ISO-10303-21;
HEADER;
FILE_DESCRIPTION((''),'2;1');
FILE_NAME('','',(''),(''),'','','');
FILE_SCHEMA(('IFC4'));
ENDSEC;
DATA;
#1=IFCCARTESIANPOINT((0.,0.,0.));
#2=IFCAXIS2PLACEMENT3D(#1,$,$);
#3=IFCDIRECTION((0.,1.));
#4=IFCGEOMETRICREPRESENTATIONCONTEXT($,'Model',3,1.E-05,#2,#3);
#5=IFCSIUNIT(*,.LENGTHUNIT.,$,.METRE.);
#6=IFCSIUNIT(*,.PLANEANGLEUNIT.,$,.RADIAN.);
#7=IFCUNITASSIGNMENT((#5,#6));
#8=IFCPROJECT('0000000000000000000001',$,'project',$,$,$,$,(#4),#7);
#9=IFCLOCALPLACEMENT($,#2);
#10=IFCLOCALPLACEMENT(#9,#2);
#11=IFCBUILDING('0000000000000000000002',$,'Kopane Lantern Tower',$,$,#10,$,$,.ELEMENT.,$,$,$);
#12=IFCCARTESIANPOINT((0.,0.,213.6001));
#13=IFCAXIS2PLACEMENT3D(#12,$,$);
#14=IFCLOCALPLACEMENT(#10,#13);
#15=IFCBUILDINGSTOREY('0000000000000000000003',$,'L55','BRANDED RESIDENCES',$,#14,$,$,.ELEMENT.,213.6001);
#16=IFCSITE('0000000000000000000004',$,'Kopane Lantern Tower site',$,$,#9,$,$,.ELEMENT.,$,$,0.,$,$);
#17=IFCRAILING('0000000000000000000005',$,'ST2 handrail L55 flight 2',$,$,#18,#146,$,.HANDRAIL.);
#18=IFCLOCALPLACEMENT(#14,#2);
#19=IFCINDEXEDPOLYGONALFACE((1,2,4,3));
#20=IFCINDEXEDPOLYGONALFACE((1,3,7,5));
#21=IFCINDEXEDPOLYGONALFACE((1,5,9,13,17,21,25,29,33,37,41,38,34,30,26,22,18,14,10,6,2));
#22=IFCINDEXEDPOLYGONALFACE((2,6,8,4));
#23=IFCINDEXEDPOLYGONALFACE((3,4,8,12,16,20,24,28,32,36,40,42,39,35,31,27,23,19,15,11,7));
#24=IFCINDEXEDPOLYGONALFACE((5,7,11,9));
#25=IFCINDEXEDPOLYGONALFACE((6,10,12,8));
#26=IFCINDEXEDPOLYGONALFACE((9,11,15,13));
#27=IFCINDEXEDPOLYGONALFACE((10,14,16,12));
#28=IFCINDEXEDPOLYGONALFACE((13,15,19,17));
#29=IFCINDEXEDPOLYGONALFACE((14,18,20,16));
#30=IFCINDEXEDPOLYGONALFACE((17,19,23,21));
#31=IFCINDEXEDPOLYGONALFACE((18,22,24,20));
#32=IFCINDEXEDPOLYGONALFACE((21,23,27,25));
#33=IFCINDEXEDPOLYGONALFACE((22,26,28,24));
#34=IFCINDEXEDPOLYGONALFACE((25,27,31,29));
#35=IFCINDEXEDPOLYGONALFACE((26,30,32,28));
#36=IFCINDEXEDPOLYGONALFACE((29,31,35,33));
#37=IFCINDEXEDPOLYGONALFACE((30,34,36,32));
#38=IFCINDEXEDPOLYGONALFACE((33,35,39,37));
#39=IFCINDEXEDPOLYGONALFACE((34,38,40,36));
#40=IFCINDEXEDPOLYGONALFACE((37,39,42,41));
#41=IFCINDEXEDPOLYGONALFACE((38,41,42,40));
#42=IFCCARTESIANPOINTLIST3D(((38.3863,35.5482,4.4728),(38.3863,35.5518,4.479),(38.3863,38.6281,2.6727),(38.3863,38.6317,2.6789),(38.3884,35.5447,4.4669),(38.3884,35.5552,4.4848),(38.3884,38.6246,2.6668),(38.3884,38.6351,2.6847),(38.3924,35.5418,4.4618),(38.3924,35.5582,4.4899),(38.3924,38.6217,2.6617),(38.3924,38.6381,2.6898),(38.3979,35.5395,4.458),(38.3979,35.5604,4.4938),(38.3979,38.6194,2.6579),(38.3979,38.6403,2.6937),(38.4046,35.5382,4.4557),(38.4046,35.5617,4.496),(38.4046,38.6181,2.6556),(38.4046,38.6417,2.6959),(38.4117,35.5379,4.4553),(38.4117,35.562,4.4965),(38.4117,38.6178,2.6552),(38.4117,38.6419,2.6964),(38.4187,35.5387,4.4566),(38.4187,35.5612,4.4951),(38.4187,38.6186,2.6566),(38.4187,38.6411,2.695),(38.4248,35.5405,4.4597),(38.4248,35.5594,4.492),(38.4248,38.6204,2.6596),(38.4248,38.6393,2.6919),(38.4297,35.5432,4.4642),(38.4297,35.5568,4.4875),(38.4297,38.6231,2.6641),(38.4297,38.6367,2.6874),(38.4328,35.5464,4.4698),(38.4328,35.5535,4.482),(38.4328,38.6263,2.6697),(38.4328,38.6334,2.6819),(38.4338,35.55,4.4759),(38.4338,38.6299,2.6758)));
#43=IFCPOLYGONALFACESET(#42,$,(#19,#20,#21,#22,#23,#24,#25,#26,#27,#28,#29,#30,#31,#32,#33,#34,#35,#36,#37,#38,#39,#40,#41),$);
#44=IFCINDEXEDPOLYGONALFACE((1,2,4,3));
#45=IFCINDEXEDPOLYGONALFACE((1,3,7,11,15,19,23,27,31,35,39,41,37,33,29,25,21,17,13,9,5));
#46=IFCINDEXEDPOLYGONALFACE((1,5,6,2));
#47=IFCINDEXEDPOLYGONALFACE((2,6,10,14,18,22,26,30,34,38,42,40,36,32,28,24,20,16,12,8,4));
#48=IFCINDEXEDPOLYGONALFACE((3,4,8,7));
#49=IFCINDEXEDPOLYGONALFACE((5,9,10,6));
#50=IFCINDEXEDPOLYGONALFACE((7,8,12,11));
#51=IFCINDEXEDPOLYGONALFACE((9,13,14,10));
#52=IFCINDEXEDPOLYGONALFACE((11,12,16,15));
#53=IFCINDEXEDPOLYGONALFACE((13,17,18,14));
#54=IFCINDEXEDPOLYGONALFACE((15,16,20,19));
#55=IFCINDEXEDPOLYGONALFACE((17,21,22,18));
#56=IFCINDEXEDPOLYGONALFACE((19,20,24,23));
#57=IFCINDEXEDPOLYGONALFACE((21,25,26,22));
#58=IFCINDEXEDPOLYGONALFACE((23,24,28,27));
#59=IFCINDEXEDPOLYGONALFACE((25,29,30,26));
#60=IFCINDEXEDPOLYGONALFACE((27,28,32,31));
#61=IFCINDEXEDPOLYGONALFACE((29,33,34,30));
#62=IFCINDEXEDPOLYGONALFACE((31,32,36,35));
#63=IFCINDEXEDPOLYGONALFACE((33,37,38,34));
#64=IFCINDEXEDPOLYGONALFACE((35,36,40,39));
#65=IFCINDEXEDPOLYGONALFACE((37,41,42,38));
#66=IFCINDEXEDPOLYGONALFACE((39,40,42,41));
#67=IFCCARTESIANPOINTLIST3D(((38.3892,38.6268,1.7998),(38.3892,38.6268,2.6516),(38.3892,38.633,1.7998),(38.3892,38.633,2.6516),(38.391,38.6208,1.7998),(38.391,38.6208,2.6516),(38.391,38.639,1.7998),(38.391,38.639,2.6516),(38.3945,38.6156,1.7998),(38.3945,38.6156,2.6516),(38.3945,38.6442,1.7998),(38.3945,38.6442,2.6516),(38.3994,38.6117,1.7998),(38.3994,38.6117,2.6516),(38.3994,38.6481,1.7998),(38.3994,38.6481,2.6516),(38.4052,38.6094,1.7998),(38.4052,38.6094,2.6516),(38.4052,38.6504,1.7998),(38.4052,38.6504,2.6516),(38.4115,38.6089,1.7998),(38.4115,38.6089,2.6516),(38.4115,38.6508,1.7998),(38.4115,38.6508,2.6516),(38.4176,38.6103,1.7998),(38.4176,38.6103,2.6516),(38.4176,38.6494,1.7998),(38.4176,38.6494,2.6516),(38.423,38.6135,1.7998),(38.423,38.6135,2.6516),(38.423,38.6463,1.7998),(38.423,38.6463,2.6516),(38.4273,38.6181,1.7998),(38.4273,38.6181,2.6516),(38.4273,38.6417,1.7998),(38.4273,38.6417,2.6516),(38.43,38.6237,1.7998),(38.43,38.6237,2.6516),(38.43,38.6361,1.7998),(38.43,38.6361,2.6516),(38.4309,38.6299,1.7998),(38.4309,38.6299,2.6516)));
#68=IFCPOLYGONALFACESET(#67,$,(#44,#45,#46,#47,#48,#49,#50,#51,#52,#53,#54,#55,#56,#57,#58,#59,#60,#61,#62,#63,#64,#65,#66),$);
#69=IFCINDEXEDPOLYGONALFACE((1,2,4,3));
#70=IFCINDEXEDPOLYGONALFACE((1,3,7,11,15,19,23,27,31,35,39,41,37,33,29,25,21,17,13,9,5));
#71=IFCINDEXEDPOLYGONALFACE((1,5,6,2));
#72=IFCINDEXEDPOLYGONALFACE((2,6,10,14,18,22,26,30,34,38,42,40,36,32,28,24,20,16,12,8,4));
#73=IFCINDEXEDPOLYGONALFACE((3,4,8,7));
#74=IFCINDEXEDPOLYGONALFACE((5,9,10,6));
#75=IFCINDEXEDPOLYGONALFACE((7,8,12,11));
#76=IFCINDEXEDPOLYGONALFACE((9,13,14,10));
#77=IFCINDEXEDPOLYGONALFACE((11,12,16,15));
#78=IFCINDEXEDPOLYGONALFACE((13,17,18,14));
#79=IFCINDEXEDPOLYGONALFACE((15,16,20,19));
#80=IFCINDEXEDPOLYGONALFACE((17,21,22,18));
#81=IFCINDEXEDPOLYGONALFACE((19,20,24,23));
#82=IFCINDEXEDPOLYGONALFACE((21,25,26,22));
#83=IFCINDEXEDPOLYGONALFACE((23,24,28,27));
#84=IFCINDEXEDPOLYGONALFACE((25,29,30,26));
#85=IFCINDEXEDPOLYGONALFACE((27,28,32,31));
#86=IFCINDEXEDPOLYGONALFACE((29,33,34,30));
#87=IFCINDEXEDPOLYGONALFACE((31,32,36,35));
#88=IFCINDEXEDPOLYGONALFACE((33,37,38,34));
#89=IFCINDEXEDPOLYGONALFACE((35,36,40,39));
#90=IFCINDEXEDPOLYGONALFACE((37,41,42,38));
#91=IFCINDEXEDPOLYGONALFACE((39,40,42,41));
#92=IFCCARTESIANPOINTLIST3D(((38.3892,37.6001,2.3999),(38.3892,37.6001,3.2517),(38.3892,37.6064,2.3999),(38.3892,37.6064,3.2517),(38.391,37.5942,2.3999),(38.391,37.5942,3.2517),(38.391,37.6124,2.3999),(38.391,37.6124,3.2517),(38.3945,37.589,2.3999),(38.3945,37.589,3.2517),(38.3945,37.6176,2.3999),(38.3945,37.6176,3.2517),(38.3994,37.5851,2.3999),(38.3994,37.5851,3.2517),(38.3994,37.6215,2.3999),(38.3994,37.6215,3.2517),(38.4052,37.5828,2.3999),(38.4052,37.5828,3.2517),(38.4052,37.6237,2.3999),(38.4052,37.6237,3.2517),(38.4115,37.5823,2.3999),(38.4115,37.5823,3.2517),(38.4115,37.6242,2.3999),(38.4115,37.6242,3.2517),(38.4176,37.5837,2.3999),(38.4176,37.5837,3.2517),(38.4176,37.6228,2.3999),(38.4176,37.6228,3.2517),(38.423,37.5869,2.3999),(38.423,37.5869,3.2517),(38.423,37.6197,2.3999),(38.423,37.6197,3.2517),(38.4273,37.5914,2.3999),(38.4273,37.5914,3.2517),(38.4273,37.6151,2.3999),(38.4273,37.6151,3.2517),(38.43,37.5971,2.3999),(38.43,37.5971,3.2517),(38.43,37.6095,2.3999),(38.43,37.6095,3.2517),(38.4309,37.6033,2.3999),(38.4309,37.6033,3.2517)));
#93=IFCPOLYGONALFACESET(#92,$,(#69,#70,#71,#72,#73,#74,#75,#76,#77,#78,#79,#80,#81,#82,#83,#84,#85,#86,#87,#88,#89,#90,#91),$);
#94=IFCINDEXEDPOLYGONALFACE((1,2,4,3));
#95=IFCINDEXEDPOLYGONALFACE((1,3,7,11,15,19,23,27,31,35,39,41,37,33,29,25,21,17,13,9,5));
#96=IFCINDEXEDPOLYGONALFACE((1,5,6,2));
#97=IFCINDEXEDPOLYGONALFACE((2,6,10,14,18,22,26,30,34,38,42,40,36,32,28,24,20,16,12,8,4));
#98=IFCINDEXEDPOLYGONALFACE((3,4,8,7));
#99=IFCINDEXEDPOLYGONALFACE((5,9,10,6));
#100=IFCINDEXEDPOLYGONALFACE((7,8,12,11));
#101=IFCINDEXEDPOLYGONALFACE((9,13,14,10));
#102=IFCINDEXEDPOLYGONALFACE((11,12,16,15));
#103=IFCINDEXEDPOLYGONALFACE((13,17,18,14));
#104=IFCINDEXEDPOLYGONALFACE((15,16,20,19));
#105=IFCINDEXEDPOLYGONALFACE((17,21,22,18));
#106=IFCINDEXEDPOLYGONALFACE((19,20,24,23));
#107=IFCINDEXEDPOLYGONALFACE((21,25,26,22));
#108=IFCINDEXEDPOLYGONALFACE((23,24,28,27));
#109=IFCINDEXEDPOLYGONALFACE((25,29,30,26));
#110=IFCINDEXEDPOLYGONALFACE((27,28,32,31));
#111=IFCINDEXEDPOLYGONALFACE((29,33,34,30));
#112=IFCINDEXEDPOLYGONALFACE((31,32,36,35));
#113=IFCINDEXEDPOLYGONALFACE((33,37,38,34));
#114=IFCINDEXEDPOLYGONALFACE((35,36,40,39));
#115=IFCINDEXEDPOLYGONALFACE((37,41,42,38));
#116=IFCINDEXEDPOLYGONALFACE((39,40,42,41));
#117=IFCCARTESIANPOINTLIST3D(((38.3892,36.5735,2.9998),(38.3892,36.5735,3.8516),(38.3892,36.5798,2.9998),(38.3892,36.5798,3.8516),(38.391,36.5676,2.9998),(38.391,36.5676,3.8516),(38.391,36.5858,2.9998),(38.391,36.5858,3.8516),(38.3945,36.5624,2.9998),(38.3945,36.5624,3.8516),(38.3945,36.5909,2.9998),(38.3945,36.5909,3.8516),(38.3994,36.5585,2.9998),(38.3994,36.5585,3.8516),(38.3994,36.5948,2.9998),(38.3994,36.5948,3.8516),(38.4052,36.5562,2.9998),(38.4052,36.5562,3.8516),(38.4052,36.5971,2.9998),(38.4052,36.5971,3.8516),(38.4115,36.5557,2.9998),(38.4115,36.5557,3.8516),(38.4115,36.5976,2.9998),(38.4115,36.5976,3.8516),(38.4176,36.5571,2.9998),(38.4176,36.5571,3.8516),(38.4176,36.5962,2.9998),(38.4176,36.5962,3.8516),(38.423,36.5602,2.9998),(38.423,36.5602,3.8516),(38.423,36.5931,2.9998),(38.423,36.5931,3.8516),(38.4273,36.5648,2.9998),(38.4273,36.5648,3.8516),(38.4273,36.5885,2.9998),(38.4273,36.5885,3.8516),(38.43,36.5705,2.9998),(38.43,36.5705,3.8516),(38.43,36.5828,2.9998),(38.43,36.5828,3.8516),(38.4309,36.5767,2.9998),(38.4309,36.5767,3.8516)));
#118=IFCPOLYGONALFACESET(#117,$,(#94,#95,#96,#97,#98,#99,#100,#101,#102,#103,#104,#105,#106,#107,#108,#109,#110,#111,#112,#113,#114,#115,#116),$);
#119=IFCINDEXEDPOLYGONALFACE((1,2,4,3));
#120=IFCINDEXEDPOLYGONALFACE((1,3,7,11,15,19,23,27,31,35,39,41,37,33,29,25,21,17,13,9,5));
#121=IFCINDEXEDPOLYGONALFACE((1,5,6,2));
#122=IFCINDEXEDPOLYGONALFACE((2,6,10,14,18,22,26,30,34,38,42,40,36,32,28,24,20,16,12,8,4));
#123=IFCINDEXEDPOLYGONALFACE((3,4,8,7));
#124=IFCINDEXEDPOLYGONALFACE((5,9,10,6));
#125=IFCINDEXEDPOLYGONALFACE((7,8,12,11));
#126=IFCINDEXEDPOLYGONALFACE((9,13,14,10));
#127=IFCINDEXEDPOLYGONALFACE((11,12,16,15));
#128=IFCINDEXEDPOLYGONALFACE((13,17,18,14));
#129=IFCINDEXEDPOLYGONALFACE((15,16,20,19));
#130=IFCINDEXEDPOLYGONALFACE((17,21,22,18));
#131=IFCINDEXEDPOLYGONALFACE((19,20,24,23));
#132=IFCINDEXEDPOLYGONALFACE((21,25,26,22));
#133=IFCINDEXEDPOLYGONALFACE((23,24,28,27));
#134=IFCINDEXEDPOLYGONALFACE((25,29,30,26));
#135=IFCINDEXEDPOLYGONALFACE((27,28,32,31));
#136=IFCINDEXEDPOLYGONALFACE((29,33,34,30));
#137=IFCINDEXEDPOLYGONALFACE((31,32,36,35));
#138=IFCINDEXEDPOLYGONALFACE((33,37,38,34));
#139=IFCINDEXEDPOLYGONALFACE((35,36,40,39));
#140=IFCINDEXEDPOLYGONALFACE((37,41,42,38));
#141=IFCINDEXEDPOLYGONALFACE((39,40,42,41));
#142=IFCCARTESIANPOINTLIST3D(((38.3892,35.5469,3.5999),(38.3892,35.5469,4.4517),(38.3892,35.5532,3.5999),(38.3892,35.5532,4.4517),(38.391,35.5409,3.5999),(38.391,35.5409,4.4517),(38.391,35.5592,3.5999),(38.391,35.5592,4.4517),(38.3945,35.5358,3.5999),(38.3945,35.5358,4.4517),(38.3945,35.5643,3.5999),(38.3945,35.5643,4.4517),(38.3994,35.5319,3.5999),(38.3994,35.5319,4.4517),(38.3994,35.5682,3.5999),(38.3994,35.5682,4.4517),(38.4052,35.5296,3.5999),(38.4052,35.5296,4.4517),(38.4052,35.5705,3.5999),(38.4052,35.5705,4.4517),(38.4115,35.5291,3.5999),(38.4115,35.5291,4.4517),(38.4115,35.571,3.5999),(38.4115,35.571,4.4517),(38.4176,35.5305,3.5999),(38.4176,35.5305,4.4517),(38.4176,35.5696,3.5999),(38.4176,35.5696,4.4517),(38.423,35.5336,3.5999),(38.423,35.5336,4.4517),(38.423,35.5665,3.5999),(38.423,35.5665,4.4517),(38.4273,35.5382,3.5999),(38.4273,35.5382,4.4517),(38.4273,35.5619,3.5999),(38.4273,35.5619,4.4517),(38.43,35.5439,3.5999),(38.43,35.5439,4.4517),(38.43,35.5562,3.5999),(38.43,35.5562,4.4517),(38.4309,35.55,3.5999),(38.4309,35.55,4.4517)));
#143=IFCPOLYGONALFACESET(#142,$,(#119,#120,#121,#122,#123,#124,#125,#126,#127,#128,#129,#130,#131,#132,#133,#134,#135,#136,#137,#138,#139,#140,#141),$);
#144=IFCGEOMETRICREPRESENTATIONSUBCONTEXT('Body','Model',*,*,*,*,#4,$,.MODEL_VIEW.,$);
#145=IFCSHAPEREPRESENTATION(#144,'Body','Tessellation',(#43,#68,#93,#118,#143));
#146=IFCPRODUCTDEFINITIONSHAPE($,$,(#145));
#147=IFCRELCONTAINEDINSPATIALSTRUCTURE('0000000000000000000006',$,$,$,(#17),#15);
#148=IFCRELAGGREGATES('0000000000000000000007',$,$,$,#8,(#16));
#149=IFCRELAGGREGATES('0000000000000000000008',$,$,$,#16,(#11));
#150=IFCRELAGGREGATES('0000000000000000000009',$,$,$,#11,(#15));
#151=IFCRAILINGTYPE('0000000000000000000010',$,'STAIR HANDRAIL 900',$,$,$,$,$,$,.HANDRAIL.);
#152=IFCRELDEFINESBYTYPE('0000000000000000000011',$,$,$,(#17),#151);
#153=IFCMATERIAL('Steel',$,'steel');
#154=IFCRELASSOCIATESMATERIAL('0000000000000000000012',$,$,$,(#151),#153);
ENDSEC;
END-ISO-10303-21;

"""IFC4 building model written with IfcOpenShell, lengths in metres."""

from ifc_helpers import new_model, si_unit, direction, frame, origin, origin_2d, place, context, subcontext, project, spatial, circle, extrude, material, type_object, element, save


model = new_model("IFC4")

# Units and contexts
model_context = context("Model", 3, precision=1e-05, world=origin(), true_north=direction((0.0, 1.0)))
body_context = subcontext(model_context, "Body", "Model", "MODEL_VIEW")
ifc_project = project(units=[si_unit("LENGTHUNIT", "METRE"), si_unit("PLANEANGLEUNIT", "RADIAN")], contexts=[model_context])

# Site, building, storey
site_placement = place(None, origin())
site = spatial("IfcSite", under=ifc_project, at=site_placement, Name="Kopane Lantern Tower site", CompositionType="ELEMENT", RefElevation=0.0)
building_placement = place(site_placement, origin())
building = spatial("IfcBuilding", under=site, at=building_placement, Name="Kopane Lantern Tower", CompositionType="ELEMENT")
storey_placement = place(building_placement, frame((0.0, 0.0, 213.6001)))
storey = spatial("IfcBuildingStorey", under=building, at=storey_placement, Name="L55", Description="BRANDED RESIDENCES", CompositionType="ELEMENT", Elevation=213.6001)

# Railing
ifc_material_1 = material(Name="Steel", Category="steel")
railing_type_1 = type_object("IfcRailingType", Name="STAIR HANDRAIL 900", PredefinedType="HANDRAIL", material=ifc_material_1)
for number, where, name in (
    (1, (38.4099, 38.6299, 1.7998), "ST2 handrail L55 flight 2"),
):
    element("IfcRailing", number, at=place(storey_placement, frame(where)), inside=storey, type_object=railing_type_1, Name=name, PredefinedType="HANDRAIL", context=body_context, shape_type="SweptSolid", body=[
        extrude(circle(Radius=0.0239, at=origin_2d()), frame((0.0, 0.0, 0.876), z_axis=(0.0, -0.863354, 0.504598), x_axis=(1.0, 0.0, 0.0)), (0.0, 0.0, 1.0), 3.5674),
        extrude(circle(Radius=0.021, at=origin_2d()), origin(), (0.0, 0.0, 1.0), 0.8518),
        extrude(circle(Radius=0.021, at=origin_2d()), frame((0.0, -1.0266, 0.6001)), (0.0, 0.0, 1.0), 0.8518),
        extrude(circle(Radius=0.021, at=origin_2d()), frame((0.0, -2.0532, 1.2)), (0.0, 0.0, 1.0), 0.8518),
        extrude(circle(Radius=0.021, at=origin_2d()), frame((0.0, -3.0798, 1.8)), (0.0, 0.0, 1.0), 0.8518),
    ])

save(model, "model.ifc")
